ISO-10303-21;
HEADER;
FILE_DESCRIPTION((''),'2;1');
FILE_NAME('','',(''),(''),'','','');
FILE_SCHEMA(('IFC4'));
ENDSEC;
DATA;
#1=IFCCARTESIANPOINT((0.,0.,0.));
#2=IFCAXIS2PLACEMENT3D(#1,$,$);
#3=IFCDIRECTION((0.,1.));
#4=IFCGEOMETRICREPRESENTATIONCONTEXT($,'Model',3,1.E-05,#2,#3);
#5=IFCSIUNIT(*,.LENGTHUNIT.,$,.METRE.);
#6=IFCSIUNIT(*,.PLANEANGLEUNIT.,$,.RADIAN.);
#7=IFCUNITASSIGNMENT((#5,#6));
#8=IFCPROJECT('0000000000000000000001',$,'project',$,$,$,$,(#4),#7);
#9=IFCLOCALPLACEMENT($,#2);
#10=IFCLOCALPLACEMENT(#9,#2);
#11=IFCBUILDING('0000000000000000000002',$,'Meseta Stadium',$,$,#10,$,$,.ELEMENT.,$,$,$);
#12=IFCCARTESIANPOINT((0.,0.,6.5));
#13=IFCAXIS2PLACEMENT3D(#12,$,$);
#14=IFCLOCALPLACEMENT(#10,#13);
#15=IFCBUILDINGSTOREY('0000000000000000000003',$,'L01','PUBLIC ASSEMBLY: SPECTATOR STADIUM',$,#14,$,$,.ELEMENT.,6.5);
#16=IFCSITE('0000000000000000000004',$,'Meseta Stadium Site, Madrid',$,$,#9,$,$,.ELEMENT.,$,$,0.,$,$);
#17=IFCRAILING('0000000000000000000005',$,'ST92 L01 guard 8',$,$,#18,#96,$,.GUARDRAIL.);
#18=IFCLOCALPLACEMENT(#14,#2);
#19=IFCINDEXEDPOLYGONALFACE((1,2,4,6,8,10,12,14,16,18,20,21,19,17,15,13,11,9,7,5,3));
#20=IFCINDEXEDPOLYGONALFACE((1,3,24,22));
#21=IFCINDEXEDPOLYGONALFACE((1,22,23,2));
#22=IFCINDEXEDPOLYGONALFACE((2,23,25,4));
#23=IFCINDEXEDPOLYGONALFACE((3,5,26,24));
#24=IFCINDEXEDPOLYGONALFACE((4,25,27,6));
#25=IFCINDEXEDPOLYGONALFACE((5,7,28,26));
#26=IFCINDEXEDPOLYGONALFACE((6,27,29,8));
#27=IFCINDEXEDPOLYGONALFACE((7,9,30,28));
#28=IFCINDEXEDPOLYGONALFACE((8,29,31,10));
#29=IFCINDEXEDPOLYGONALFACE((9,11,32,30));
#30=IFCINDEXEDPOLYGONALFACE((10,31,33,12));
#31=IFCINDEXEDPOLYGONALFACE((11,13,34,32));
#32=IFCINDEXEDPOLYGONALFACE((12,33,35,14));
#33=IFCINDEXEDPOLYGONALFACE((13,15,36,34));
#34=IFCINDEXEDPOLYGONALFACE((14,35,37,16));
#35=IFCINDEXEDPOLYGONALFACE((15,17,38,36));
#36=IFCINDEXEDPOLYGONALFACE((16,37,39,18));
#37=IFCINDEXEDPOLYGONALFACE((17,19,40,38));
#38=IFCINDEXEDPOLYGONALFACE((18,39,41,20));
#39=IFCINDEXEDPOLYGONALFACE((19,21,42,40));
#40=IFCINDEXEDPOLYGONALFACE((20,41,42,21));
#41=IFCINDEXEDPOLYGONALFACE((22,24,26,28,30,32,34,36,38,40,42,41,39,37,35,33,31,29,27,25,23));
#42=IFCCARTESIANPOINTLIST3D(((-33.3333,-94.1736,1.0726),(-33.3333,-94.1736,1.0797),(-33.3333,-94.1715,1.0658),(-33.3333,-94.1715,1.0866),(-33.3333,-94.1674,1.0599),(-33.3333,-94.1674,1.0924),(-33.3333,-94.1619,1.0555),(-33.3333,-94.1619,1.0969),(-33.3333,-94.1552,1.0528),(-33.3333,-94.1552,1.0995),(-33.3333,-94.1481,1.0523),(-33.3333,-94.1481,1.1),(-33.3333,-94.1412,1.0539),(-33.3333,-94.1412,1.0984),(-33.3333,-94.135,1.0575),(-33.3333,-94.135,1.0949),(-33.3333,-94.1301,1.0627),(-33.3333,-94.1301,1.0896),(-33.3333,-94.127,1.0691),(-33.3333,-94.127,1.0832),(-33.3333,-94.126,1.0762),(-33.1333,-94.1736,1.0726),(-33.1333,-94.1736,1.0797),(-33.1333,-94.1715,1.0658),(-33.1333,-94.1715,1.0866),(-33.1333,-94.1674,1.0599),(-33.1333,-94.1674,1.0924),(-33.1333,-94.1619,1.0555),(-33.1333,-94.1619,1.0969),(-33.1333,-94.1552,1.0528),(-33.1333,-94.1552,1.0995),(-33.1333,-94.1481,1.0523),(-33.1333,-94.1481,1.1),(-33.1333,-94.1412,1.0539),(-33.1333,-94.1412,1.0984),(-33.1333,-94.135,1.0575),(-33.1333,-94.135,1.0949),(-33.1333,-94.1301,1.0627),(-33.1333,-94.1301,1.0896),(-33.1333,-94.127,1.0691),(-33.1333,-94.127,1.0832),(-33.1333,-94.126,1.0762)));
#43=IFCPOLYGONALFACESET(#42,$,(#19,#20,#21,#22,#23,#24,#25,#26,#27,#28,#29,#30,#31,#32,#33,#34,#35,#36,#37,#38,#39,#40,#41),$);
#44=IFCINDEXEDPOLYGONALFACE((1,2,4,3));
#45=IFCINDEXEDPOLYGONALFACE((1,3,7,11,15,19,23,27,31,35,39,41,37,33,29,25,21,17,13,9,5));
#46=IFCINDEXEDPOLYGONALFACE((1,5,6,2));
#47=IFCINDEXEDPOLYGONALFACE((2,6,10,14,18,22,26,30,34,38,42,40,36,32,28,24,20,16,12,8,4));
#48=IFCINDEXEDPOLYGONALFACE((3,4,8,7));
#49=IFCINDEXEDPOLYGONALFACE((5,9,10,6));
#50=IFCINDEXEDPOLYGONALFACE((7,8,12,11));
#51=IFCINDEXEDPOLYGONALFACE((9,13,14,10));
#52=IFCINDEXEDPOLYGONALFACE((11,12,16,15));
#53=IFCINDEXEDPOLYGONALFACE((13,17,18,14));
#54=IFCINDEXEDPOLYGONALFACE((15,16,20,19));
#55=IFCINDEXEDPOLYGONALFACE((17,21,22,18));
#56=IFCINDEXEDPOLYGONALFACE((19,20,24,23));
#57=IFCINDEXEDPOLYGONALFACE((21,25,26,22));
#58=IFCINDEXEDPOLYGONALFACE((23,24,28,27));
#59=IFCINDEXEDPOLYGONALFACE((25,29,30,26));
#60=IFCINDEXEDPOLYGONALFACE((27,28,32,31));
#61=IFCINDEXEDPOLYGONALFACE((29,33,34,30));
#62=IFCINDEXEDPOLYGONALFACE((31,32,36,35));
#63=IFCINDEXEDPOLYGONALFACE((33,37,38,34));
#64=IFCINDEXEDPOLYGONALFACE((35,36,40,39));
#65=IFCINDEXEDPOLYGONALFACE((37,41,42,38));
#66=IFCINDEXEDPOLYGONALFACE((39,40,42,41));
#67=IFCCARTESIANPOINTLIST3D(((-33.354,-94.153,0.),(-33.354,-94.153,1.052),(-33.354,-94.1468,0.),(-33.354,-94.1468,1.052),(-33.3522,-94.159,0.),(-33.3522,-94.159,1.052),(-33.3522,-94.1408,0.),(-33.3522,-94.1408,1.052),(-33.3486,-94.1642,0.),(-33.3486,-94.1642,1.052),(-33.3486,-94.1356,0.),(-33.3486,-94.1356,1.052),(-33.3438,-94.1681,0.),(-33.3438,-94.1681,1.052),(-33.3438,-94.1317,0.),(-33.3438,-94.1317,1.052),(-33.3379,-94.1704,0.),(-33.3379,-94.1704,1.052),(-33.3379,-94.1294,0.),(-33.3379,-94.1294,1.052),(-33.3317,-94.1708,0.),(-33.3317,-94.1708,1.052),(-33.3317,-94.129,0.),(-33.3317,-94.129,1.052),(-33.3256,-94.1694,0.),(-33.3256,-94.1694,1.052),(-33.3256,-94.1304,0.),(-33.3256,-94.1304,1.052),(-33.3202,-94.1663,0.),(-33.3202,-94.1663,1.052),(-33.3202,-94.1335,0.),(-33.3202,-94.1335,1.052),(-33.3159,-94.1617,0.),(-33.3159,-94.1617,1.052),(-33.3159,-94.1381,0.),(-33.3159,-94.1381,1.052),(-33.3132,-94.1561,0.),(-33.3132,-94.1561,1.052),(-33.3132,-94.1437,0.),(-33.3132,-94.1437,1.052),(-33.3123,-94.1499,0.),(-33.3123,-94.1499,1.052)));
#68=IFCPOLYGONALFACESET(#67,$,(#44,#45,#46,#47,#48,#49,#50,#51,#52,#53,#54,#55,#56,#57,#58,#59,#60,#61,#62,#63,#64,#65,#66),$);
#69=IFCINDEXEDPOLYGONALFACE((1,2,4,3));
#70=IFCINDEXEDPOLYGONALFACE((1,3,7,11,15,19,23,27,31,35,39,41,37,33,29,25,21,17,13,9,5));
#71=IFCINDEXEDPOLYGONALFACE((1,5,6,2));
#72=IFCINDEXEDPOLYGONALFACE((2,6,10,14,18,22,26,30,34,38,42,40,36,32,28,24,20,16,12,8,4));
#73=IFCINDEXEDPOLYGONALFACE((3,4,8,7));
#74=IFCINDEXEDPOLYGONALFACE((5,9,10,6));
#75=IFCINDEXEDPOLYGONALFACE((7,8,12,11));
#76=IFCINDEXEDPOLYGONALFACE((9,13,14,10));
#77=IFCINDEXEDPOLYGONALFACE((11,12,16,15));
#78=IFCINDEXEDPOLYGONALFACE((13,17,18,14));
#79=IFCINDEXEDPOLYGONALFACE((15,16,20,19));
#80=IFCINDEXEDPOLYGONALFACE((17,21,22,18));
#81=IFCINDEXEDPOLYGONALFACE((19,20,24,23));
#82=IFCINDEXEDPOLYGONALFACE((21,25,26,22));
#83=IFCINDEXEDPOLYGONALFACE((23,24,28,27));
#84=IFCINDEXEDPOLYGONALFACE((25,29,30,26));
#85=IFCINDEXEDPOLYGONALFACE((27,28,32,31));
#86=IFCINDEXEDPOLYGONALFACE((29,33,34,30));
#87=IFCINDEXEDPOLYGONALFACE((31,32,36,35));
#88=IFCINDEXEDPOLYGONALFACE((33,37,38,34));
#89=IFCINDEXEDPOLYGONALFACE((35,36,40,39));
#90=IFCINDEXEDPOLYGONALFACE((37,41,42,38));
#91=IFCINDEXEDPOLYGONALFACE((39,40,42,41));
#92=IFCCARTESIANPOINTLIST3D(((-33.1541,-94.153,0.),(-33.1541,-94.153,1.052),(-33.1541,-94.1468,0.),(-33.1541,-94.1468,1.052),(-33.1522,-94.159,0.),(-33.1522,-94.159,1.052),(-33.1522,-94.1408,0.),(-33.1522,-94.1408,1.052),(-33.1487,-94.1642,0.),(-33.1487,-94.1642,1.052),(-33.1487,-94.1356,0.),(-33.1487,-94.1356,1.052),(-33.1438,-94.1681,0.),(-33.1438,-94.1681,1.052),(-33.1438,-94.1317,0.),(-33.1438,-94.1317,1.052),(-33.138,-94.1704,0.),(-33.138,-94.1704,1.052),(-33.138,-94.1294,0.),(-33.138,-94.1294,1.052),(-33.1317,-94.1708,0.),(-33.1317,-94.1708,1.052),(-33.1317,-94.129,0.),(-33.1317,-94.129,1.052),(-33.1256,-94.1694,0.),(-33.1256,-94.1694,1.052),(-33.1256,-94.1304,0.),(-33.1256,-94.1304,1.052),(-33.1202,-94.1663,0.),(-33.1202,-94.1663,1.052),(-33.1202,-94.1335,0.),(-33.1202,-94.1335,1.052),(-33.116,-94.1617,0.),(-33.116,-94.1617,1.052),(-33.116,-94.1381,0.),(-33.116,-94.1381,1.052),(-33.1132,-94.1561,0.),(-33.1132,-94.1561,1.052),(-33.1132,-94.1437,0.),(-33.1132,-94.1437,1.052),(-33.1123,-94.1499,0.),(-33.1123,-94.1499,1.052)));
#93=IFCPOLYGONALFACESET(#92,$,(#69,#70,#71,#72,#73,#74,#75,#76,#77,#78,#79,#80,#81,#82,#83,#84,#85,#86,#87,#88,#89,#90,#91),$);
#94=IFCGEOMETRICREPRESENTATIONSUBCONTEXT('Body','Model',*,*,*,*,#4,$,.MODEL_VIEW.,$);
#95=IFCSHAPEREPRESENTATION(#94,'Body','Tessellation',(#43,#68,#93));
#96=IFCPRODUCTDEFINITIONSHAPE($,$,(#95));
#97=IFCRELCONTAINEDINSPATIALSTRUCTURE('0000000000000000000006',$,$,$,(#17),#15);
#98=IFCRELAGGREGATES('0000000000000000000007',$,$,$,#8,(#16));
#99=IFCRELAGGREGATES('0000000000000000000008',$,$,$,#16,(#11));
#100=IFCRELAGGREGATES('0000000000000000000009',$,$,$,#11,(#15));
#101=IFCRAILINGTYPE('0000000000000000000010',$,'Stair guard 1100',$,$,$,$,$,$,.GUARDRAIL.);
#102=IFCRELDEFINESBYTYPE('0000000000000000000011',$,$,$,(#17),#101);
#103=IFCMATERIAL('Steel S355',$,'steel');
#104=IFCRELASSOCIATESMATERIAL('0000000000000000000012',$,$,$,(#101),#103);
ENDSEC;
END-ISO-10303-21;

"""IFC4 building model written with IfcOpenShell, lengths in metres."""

from ifc_helpers import new_model, si_unit, direction, frame, origin, origin_2d, place, context, subcontext, project, spatial, circle, extrude, material, type_object, element, save


model = new_model("IFC4")

# Units and contexts
model_context = context("Model", 3, precision=1e-05, world=origin(), true_north=direction((0.0, 1.0)))
body_context = subcontext(model_context, "Body", "Model", "MODEL_VIEW")
ifc_project = project(units=[si_unit("LENGTHUNIT", "METRE"), si_unit("PLANEANGLEUNIT", "RADIAN")], contexts=[model_context])

# Site, building, storey
site_placement = place(None, origin())
site = spatial("IfcSite", under=ifc_project, at=site_placement, Name="Meseta Stadium Site, Madrid", CompositionType="ELEMENT", RefElevation=0.0)
building_placement = place(site_placement, origin())
building = spatial("IfcBuilding", under=site, at=building_placement, Name="Meseta Stadium", CompositionType="ELEMENT")
storey_placement = place(building_placement, frame((0.0, 0.0, 6.5)))
storey = spatial("IfcBuildingStorey", under=building, at=storey_placement, Name="L01", Description="PUBLIC ASSEMBLY: SPECTATOR STADIUM", CompositionType="ELEMENT", Elevation=6.5)

# Railing
ifc_material_1 = material(Name="Steel S355", Category="steel")
railing_type = type_object("IfcRailingType", Name="Stair guard 1100", PredefinedType="GUARDRAIL", material=ifc_material_1)
for number, where, name in (
    (1, (-33.3333, -94.1499, 0.0), "ST92 L01 guard 8"),
):
    element("IfcRailing", number, at=place(storey_placement, frame(where)), inside=storey, type_object=railing_type, Name=name, PredefinedType="GUARDRAIL", context=body_context, shape_type="SweptSolid", body=[
        extrude(circle(Radius=0.0239, at=origin_2d()), frame((0.0, 0.0, 1.0762), z_axis=(1.0, 0.0, 0.0), x_axis=(0.0, 1.0, 0.0)), (0.0, 0.0, 1.0), 0.2),
        extrude(circle(Radius=0.021, at=origin_2d()), origin(), (0.0, 0.0, 1.0), 1.052),
        extrude(circle(Radius=0.021, at=origin_2d()), frame((0.2, 0.0, 0.0)), (0.0, 0.0, 1.0), 1.052),
    ])

save(model, "model.ifc")
